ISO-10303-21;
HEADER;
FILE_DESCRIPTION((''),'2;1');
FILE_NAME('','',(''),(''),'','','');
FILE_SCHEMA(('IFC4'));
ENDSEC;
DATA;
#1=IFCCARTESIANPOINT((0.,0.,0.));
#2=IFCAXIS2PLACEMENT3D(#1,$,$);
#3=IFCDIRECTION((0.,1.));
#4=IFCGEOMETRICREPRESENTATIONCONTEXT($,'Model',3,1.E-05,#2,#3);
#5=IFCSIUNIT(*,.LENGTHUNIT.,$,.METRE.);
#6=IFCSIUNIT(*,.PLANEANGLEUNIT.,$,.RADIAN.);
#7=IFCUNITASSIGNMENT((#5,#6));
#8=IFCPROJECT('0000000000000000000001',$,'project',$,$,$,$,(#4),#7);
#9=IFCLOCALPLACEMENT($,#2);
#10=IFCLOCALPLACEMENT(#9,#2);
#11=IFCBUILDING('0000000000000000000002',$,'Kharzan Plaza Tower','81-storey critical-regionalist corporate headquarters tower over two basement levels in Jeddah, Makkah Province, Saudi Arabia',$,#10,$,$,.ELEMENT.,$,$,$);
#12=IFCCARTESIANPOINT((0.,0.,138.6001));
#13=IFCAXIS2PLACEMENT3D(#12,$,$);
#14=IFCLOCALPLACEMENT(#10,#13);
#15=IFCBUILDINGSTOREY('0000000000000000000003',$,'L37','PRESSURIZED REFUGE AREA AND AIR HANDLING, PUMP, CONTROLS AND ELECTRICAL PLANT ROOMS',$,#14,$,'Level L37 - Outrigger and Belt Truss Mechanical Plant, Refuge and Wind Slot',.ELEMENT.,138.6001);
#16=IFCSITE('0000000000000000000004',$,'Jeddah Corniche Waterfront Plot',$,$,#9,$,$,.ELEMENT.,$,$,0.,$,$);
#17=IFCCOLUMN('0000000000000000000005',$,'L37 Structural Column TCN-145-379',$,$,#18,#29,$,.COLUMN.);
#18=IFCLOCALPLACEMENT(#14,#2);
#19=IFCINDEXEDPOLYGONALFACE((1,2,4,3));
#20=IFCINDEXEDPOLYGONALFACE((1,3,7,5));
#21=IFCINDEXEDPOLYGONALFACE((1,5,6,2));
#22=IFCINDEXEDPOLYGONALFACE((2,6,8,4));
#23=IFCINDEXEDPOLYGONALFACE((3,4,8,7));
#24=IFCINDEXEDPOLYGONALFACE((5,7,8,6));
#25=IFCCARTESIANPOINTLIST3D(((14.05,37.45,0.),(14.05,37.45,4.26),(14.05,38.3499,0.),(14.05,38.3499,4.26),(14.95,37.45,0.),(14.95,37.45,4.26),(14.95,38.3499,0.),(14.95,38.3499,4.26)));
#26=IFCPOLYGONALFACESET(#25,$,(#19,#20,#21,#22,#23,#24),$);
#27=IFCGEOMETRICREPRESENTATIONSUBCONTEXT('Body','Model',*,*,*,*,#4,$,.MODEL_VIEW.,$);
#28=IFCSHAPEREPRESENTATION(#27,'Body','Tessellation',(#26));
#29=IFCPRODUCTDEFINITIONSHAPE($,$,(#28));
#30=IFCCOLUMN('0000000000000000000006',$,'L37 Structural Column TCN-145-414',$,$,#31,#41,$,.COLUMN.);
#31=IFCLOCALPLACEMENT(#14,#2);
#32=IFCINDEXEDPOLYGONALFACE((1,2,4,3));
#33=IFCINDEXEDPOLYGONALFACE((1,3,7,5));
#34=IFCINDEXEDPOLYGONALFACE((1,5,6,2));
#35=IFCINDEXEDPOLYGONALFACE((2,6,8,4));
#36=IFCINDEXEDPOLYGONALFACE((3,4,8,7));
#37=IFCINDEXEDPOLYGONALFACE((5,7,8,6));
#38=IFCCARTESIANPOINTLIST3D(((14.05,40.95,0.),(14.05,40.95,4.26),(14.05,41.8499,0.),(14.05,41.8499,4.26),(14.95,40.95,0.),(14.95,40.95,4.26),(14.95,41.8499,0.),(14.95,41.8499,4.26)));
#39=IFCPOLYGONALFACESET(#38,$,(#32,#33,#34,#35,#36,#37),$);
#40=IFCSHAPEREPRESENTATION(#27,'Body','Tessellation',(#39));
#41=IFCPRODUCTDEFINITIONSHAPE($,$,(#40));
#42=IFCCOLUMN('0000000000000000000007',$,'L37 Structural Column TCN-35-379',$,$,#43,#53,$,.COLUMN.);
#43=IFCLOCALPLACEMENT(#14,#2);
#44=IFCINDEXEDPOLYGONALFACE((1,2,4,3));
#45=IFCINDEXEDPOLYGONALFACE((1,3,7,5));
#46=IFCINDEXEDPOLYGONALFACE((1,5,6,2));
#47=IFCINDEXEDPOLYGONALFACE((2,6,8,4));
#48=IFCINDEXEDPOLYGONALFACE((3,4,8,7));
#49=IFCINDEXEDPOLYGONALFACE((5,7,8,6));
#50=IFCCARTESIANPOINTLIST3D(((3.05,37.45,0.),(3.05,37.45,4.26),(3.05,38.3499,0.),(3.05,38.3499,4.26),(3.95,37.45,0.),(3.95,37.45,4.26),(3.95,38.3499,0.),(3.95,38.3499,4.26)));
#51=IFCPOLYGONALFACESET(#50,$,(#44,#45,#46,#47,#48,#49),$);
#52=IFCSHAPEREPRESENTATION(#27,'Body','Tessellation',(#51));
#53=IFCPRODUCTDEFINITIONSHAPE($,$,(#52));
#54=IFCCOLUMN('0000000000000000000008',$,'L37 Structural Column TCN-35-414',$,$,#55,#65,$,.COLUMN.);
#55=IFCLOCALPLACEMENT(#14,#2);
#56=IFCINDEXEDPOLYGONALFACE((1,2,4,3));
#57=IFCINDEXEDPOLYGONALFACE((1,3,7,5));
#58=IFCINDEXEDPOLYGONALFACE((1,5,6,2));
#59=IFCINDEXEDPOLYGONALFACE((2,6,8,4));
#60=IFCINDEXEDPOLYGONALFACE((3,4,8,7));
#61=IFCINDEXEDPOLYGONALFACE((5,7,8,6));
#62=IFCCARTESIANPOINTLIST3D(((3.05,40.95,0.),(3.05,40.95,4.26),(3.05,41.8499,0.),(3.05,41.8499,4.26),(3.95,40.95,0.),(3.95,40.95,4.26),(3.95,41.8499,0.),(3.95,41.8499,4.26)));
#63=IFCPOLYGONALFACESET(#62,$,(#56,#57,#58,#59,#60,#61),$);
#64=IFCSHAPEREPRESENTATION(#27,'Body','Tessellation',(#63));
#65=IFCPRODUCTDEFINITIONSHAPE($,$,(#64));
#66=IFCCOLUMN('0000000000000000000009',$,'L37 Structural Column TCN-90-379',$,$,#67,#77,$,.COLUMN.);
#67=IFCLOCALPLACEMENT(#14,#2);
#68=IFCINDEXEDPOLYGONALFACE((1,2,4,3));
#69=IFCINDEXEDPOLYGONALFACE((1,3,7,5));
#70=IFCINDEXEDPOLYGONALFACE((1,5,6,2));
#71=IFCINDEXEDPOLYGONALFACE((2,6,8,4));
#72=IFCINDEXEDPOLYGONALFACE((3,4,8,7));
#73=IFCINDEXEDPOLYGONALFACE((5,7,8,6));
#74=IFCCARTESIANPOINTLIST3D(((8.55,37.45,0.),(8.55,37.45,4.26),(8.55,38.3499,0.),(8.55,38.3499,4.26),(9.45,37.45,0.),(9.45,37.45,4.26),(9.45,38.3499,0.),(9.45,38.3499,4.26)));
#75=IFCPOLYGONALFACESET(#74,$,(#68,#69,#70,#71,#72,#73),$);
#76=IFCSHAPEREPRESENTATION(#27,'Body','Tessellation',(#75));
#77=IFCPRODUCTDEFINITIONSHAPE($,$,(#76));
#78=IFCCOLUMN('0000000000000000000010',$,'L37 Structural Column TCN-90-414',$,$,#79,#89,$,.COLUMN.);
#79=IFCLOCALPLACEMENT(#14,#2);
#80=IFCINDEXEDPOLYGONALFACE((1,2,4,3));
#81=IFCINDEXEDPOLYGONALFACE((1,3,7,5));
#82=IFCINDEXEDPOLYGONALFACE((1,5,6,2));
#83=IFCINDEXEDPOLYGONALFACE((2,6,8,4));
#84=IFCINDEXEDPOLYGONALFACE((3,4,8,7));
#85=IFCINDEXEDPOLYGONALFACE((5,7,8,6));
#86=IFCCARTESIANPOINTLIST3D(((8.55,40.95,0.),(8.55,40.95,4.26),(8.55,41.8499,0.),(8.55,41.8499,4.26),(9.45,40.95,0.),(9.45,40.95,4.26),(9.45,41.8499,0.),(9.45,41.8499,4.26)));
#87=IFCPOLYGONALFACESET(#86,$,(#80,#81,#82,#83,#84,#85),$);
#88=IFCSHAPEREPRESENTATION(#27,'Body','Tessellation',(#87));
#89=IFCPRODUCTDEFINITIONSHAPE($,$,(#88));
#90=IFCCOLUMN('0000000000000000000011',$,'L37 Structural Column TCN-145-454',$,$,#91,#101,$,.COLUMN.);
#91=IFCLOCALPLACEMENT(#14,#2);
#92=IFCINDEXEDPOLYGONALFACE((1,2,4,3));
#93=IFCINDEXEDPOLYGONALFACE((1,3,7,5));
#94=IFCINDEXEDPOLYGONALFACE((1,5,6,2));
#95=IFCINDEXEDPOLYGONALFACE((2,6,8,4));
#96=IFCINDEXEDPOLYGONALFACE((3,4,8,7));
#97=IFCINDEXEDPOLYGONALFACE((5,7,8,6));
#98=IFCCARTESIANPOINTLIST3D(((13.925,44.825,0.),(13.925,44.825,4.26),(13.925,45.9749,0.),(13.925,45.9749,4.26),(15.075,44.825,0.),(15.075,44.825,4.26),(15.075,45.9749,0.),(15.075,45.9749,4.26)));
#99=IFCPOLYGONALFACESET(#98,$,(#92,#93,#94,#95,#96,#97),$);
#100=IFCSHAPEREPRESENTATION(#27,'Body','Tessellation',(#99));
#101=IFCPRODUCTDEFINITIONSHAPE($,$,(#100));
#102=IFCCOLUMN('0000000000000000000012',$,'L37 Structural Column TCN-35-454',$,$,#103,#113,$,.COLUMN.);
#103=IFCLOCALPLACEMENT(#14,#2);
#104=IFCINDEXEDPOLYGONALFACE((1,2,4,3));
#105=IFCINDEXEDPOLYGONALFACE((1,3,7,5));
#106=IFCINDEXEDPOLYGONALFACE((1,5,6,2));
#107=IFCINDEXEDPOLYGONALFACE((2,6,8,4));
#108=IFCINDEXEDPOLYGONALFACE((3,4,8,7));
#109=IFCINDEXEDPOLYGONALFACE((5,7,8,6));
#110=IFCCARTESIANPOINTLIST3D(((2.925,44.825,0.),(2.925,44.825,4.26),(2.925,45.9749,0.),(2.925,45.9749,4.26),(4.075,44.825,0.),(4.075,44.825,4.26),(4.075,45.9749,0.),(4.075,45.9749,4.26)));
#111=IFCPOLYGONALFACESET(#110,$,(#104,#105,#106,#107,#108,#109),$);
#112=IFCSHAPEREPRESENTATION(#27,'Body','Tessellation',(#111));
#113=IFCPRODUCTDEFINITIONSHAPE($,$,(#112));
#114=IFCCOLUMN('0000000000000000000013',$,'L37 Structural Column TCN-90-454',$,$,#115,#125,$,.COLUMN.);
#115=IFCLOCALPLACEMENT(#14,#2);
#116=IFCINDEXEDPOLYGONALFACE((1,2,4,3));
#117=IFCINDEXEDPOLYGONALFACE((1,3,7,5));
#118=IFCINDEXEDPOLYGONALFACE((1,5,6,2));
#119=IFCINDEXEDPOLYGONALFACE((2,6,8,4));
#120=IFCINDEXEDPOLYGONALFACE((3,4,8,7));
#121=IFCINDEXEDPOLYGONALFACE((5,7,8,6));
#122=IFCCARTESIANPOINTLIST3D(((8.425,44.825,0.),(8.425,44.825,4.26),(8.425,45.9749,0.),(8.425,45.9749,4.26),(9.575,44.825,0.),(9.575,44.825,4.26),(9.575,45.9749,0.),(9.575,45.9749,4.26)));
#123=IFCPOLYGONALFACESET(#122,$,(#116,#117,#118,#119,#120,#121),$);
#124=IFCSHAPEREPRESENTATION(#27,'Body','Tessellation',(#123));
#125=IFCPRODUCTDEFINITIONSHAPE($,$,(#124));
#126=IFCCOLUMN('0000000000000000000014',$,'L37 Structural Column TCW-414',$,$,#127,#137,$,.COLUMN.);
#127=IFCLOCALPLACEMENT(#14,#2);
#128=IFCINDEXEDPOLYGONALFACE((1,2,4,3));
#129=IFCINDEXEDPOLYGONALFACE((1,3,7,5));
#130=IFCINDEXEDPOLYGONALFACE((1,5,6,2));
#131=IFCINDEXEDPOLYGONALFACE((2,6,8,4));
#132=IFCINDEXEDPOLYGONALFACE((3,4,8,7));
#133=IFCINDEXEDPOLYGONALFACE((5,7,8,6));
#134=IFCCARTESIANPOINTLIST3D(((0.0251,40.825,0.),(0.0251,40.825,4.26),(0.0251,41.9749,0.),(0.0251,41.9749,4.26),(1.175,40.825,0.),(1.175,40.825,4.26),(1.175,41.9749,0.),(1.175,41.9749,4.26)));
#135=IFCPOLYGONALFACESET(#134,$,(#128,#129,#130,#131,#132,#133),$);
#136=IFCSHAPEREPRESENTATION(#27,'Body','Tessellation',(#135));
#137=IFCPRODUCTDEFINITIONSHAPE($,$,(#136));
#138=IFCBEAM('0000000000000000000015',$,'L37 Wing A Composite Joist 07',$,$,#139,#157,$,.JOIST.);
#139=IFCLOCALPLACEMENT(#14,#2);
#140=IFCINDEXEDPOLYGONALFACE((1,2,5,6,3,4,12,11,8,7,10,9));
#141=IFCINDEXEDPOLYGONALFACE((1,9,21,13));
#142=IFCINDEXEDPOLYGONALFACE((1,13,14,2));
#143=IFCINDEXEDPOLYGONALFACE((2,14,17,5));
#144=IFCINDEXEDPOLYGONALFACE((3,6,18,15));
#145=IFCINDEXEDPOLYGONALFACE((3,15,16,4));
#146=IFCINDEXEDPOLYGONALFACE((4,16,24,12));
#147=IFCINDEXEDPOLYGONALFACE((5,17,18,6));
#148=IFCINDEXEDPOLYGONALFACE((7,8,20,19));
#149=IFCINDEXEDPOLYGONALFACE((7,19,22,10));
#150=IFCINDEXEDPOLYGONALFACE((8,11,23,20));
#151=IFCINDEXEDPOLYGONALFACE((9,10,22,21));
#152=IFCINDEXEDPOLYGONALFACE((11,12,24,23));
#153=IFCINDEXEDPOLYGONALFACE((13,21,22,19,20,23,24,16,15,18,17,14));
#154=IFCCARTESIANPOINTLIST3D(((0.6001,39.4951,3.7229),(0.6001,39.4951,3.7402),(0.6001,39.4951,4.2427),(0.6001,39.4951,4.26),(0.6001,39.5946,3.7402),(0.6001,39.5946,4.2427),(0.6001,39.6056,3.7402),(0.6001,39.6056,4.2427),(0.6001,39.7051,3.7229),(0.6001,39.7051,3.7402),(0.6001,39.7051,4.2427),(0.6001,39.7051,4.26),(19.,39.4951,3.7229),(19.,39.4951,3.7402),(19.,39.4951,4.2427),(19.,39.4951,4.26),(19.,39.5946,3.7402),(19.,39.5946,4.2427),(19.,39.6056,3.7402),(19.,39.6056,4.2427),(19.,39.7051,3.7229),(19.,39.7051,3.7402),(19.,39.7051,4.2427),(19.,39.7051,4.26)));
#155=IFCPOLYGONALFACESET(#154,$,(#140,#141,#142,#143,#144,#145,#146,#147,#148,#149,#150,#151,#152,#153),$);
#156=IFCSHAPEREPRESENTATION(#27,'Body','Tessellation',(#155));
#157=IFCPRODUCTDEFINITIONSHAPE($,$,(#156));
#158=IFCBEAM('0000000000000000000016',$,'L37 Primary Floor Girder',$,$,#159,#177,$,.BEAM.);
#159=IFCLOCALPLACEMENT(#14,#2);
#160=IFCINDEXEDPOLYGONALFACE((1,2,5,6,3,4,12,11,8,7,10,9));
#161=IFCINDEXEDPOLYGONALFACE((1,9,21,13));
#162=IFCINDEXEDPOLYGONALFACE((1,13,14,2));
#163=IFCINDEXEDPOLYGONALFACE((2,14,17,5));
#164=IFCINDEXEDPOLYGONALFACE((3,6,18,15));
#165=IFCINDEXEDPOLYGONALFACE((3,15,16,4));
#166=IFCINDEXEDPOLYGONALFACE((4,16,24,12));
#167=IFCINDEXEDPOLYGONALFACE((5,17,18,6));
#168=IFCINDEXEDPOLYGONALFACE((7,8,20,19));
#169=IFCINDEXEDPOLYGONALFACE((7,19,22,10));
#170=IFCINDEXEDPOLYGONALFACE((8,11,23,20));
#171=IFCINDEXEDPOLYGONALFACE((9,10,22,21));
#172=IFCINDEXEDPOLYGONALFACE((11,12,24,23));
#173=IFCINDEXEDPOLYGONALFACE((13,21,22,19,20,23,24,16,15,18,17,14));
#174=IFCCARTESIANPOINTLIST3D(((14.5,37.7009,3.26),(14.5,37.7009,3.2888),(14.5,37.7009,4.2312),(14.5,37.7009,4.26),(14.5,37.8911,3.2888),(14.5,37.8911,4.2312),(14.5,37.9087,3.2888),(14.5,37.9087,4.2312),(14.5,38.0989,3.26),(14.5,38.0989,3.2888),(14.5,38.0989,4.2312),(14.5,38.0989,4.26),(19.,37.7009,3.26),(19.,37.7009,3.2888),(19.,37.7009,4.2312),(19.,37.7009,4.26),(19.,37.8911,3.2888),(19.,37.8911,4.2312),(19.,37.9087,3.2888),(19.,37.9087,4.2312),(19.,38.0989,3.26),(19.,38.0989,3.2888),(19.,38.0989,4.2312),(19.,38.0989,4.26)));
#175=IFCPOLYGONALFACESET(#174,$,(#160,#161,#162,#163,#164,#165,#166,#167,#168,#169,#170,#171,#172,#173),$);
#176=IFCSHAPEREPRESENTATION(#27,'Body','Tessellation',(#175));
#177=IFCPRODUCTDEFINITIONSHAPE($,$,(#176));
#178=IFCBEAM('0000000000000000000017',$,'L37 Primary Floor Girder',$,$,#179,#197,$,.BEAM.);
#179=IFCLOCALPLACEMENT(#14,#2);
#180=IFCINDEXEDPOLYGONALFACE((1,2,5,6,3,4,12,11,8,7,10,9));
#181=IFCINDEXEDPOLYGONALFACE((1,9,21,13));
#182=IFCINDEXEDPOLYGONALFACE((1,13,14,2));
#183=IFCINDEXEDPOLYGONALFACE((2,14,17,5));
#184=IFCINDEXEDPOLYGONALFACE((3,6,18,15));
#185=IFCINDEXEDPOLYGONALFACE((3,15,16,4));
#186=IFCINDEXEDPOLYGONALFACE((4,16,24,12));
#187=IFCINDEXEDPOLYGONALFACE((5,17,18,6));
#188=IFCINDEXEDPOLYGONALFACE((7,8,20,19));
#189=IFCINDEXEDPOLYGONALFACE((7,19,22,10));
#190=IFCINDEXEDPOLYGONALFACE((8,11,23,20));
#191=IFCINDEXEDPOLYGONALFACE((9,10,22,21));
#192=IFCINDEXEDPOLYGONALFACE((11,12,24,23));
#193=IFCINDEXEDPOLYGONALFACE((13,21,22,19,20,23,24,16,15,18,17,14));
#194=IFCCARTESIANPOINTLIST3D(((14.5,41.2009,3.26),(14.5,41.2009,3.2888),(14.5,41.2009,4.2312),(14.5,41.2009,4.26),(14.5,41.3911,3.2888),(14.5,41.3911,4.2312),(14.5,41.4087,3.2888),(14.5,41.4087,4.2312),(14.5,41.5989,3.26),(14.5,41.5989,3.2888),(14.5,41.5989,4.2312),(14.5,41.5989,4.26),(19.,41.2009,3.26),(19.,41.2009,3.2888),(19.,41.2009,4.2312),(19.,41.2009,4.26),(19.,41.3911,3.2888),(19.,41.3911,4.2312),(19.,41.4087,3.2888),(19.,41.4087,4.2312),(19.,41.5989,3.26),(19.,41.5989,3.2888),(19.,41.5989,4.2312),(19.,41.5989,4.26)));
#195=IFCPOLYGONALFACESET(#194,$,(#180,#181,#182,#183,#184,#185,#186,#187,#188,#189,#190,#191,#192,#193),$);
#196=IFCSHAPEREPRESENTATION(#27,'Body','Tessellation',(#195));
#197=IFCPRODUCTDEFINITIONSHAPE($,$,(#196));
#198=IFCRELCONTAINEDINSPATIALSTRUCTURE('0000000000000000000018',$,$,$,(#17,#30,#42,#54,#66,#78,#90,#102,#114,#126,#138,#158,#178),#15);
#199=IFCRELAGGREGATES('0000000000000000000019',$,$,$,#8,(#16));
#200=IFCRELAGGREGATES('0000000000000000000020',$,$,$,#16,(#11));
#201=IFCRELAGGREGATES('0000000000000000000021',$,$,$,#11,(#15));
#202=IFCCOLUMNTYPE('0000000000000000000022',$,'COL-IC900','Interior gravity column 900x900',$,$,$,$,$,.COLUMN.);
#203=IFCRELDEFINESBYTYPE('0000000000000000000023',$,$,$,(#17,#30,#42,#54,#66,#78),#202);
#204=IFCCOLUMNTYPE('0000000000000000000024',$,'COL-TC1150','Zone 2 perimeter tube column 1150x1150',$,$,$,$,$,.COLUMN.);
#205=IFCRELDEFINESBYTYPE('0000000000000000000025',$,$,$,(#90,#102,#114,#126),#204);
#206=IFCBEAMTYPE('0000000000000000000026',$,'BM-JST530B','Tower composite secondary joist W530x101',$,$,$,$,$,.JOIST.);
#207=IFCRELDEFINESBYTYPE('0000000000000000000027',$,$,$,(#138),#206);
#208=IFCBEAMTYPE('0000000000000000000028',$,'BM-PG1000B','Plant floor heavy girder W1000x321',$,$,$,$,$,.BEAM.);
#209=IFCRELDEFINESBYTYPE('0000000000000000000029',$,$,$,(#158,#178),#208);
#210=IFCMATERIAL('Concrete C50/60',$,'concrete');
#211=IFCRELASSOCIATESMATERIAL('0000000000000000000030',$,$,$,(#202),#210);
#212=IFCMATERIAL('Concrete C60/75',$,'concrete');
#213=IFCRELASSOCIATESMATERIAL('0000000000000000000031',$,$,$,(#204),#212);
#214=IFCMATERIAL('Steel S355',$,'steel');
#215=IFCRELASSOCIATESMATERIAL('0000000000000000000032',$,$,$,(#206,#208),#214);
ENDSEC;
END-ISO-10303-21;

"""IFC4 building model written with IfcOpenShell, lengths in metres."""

from ifc_helpers import new_model, si_unit, direction, frame, origin, origin_2d, place, context, subcontext, project, spatial, rectangle, i_section, extrude, source, transform, mapped, material, material_profile, profile_set, type_object, element, save


model = new_model("IFC4")

# Units and contexts
model_context = context("Model", 3, precision=1e-05, world=origin(), true_north=direction((0.0, 1.0)))
body_context = subcontext(model_context, "Body", "Model", "MODEL_VIEW")
ifc_project = project(units=[si_unit("LENGTHUNIT", "METRE"), si_unit("PLANEANGLEUNIT", "RADIAN")], contexts=[model_context])

# Site, building, storey
site_placement = place(None, origin())
site = spatial("IfcSite", under=ifc_project, at=site_placement, Name="Jeddah Corniche Waterfront Plot", CompositionType="ELEMENT", RefElevation=0.0)
building_placement = place(site_placement, origin())
building = spatial("IfcBuilding", under=site, at=building_placement, Name="Kharzan Plaza Tower", Description="81-storey critical-regionalist corporate headquarters tower over two basement levels in Jeddah, Makkah Province, Saudi Arabia", CompositionType="ELEMENT")
storey_placement = place(building_placement, frame((0.0, 0.0, 138.6001)))
storey = spatial("IfcBuildingStorey", under=building, at=storey_placement, Name="L37", Description="PRESSURIZED REFUGE AREA AND AIR HANDLING, PUMP, CONTROLS AND ELECTRICAL PLANT ROOMS", LongName="Level L37 - Outrigger and Belt Truss Mechanical Plant, Refuge and Wind Slot", CompositionType="ELEMENT", Elevation=138.6001)

# Columns
ifc_material_1 = material(Name="Concrete C50/60", Category="concrete")
ifc_material_profile_1 = material_profile(ifc_material_1, rectangle(XDim=0.8999, YDim=0.8999, at=origin_2d()), Name="RC-IC900x900")
ifc_profile_set_1 = profile_set([ifc_material_profile_1], Name="Concrete C50/60")
column_type_1 = type_object("IfcColumnType", Name="COL-IC900", Description="Interior gravity column 900x900", PredefinedType="COLUMN", material=ifc_profile_set_1)
shared_shape_1 = source(origin(), body_context, "Body", "SweptSolid", [
    extrude(rectangle(XDim=0.8999, YDim=0.8999, at=origin_2d()), origin(), (0.0, 0.0, 1.0), 4.26),
])
for number, where, z_axis, x_axis, name in (
    (1, (14.5, 37.8999, 0.0), (0.0, 0.0, 1.0), (1.0, 0.0, 0.0), "L37 Structural Column TCN-145-379"),
    (2, (14.5, 41.3999, 0.0), (0.0, 0.0, 1.0), (1.0, 0.0, 0.0), "L37 Structural Column TCN-145-414"),
    (3, (3.5, 37.8999, 0.0), (0.0, 0.0, 1.0), (1.0, 0.0, 0.0), "L37 Structural Column TCN-35-379"),
    (4, (3.5, 41.3999, 0.0), (0.0, 0.0, 1.0), (1.0, 0.0, 0.0), "L37 Structural Column TCN-35-414"),
    (5, (9.0, 37.8999, 0.0), (0.0, 0.0, 1.0), (1.0, 0.0, 0.0), "L37 Structural Column TCN-90-379"),
    (6, (9.0, 41.3999, 0.0), (0.0, 0.0, 1.0), (1.0, 0.0, 0.0), "L37 Structural Column TCN-90-414"),
):
    element("IfcColumn", number, at=place(storey_placement, frame(where, z_axis=z_axis, x_axis=x_axis)), inside=storey, type_object=column_type_1, Name=name, PredefinedType="COLUMN", context=body_context, shape_type="MappedRepresentation", body=[
        mapped(shared_shape_1, transform((0.0, 0.0, 0.0), x_axis=(1.0, 0.0, 0.0), y_axis=(0.0, 1.0, 0.0), z_axis=(0.0, 0.0, 1.0))),
    ])
ifc_material_2 = material(Name="Concrete C60/75", Category="concrete")
ifc_material_profile_2 = material_profile(ifc_material_2, rectangle(XDim=1.1499, YDim=1.1499, at=origin_2d()), Name="RC-TC1150x1150")
ifc_profile_set_2 = profile_set([ifc_material_profile_2], Name="Concrete C60/75")
column_type_2 = type_object("IfcColumnType", Name="COL-TC1150", Description="Zone 2 perimeter tube column 1150x1150", PredefinedType="COLUMN", material=ifc_profile_set_2)
shared_shape_2 = source(origin(), body_context, "Body", "SweptSolid", [
    extrude(rectangle(XDim=1.1499, YDim=1.1499, at=origin_2d()), origin(), (0.0, 0.0, 1.0), 4.26),
])
for number, where, z_axis, x_axis, name in (
    (7, (14.5, 45.3999, 0.0), (0.0, 0.0, 1.0), (1.0, 0.0, 0.0), "L37 Structural Column TCN-145-454"),
    (8, (3.5, 45.3999, 0.0), (0.0, 0.0, 1.0), (1.0, 0.0, 0.0), "L37 Structural Column TCN-35-454"),
    (9, (9.0, 45.3999, 0.0), (0.0, 0.0, 1.0), (1.0, 0.0, 0.0), "L37 Structural Column TCN-90-454"),
    (10, (0.6001, 41.3999, 0.0), (0.0, 0.0, 1.0), (1.0, 0.0, 0.0), "L37 Structural Column TCW-414"),
):
    element("IfcColumn", number, at=place(storey_placement, frame(where, z_axis=z_axis, x_axis=x_axis)), inside=storey, type_object=column_type_2, Name=name, PredefinedType="COLUMN", context=body_context, shape_type="MappedRepresentation", body=[
        mapped(shared_shape_2, transform((0.0, 0.0, 0.0), x_axis=(1.0, 0.0, 0.0), y_axis=(0.0, 1.0, 0.0), z_axis=(0.0, 0.0, 1.0))),
    ])

# Beams
ifc_material_3 = material(Name="Steel S355", Category="steel")
ifc_material_profile_3 = material_profile(ifc_material_3, i_section(OverallWidth=0.21, OverallDepth=0.5371, WebThickness=0.011, FlangeThickness=0.0173, at=origin_2d()), Name="W530x101")
ifc_profile_set_3 = profile_set([ifc_material_profile_3], Name="Steel S355")
beam_type_1 = type_object("IfcBeamType", Name="BM-JST530B", Description="Tower composite secondary joist W530x101", PredefinedType="JOIST", material=ifc_profile_set_3)
shared_shape_3 = source(origin(), body_context, "Body", "SweptSolid", [
    extrude(i_section(OverallWidth=0.21, OverallDepth=0.5371, WebThickness=0.011, FlangeThickness=0.0173, at=origin_2d()), origin(), (0.0, 0.0, 1.0), 18.3999),
])
beam_1_placement = place(storey_placement, frame((0.6001, 39.6001, 3.9915), z_axis=(1.0, 0.0, 0.0), x_axis=(0.0, 1.0, 0.0)))
element("IfcBeam", 11, at=beam_1_placement, inside=storey, type_object=beam_type_1, Name="L37 Wing A Composite Joist 07", PredefinedType="JOIST", context=body_context, shape_type="MappedRepresentation", body=[
    mapped(shared_shape_3, transform((0.0, 0.0, 0.0), x_axis=(1.0, 0.0, 0.0), y_axis=(0.0, 1.0, 0.0), z_axis=(0.0, 0.0, 1.0))),
])
ifc_material_profile_4 = material_profile(ifc_material_3, i_section(OverallWidth=0.3979, OverallDepth=1.0, WebThickness=0.0176, FlangeThickness=0.0288, at=origin_2d()), Name="W1000x321")
ifc_profile_set_4 = profile_set([ifc_material_profile_4], Name="Steel S355")
beam_type_2 = type_object("IfcBeamType", Name="BM-PG1000B", Description="Plant floor heavy girder W1000x321", PredefinedType="BEAM", material=ifc_profile_set_4)
shared_shape_4 = source(origin(), body_context, "Body", "SweptSolid", [
    extrude(i_section(OverallWidth=0.3979, OverallDepth=1.0, WebThickness=0.0176, FlangeThickness=0.0288, at=origin_2d()), origin(), (0.0, 0.0, 1.0), 4.5),
])
for number, where, z_axis, x_axis, name in (
    (12, (14.5, 37.8999, 3.76), (1.0, 0.0, 0.0), (0.0, 1.0, 0.0), "L37 Primary Floor Girder"),
    (13, (14.5, 41.3999, 3.76), (1.0, 0.0, 0.0), (0.0, 1.0, 0.0), "L37 Primary Floor Girder"),
):
    element("IfcBeam", number, at=place(storey_placement, frame(where, z_axis=z_axis, x_axis=x_axis)), inside=storey, type_object=beam_type_2, Name=name, PredefinedType="BEAM", context=body_context, shape_type="MappedRepresentation", body=[
        mapped(shared_shape_4, transform((0.0, 0.0, 0.0), x_axis=(1.0, 0.0, 0.0), y_axis=(0.0, 1.0, 0.0), z_axis=(0.0, 0.0, 1.0))),
    ])

save(model, "model.ifc")
